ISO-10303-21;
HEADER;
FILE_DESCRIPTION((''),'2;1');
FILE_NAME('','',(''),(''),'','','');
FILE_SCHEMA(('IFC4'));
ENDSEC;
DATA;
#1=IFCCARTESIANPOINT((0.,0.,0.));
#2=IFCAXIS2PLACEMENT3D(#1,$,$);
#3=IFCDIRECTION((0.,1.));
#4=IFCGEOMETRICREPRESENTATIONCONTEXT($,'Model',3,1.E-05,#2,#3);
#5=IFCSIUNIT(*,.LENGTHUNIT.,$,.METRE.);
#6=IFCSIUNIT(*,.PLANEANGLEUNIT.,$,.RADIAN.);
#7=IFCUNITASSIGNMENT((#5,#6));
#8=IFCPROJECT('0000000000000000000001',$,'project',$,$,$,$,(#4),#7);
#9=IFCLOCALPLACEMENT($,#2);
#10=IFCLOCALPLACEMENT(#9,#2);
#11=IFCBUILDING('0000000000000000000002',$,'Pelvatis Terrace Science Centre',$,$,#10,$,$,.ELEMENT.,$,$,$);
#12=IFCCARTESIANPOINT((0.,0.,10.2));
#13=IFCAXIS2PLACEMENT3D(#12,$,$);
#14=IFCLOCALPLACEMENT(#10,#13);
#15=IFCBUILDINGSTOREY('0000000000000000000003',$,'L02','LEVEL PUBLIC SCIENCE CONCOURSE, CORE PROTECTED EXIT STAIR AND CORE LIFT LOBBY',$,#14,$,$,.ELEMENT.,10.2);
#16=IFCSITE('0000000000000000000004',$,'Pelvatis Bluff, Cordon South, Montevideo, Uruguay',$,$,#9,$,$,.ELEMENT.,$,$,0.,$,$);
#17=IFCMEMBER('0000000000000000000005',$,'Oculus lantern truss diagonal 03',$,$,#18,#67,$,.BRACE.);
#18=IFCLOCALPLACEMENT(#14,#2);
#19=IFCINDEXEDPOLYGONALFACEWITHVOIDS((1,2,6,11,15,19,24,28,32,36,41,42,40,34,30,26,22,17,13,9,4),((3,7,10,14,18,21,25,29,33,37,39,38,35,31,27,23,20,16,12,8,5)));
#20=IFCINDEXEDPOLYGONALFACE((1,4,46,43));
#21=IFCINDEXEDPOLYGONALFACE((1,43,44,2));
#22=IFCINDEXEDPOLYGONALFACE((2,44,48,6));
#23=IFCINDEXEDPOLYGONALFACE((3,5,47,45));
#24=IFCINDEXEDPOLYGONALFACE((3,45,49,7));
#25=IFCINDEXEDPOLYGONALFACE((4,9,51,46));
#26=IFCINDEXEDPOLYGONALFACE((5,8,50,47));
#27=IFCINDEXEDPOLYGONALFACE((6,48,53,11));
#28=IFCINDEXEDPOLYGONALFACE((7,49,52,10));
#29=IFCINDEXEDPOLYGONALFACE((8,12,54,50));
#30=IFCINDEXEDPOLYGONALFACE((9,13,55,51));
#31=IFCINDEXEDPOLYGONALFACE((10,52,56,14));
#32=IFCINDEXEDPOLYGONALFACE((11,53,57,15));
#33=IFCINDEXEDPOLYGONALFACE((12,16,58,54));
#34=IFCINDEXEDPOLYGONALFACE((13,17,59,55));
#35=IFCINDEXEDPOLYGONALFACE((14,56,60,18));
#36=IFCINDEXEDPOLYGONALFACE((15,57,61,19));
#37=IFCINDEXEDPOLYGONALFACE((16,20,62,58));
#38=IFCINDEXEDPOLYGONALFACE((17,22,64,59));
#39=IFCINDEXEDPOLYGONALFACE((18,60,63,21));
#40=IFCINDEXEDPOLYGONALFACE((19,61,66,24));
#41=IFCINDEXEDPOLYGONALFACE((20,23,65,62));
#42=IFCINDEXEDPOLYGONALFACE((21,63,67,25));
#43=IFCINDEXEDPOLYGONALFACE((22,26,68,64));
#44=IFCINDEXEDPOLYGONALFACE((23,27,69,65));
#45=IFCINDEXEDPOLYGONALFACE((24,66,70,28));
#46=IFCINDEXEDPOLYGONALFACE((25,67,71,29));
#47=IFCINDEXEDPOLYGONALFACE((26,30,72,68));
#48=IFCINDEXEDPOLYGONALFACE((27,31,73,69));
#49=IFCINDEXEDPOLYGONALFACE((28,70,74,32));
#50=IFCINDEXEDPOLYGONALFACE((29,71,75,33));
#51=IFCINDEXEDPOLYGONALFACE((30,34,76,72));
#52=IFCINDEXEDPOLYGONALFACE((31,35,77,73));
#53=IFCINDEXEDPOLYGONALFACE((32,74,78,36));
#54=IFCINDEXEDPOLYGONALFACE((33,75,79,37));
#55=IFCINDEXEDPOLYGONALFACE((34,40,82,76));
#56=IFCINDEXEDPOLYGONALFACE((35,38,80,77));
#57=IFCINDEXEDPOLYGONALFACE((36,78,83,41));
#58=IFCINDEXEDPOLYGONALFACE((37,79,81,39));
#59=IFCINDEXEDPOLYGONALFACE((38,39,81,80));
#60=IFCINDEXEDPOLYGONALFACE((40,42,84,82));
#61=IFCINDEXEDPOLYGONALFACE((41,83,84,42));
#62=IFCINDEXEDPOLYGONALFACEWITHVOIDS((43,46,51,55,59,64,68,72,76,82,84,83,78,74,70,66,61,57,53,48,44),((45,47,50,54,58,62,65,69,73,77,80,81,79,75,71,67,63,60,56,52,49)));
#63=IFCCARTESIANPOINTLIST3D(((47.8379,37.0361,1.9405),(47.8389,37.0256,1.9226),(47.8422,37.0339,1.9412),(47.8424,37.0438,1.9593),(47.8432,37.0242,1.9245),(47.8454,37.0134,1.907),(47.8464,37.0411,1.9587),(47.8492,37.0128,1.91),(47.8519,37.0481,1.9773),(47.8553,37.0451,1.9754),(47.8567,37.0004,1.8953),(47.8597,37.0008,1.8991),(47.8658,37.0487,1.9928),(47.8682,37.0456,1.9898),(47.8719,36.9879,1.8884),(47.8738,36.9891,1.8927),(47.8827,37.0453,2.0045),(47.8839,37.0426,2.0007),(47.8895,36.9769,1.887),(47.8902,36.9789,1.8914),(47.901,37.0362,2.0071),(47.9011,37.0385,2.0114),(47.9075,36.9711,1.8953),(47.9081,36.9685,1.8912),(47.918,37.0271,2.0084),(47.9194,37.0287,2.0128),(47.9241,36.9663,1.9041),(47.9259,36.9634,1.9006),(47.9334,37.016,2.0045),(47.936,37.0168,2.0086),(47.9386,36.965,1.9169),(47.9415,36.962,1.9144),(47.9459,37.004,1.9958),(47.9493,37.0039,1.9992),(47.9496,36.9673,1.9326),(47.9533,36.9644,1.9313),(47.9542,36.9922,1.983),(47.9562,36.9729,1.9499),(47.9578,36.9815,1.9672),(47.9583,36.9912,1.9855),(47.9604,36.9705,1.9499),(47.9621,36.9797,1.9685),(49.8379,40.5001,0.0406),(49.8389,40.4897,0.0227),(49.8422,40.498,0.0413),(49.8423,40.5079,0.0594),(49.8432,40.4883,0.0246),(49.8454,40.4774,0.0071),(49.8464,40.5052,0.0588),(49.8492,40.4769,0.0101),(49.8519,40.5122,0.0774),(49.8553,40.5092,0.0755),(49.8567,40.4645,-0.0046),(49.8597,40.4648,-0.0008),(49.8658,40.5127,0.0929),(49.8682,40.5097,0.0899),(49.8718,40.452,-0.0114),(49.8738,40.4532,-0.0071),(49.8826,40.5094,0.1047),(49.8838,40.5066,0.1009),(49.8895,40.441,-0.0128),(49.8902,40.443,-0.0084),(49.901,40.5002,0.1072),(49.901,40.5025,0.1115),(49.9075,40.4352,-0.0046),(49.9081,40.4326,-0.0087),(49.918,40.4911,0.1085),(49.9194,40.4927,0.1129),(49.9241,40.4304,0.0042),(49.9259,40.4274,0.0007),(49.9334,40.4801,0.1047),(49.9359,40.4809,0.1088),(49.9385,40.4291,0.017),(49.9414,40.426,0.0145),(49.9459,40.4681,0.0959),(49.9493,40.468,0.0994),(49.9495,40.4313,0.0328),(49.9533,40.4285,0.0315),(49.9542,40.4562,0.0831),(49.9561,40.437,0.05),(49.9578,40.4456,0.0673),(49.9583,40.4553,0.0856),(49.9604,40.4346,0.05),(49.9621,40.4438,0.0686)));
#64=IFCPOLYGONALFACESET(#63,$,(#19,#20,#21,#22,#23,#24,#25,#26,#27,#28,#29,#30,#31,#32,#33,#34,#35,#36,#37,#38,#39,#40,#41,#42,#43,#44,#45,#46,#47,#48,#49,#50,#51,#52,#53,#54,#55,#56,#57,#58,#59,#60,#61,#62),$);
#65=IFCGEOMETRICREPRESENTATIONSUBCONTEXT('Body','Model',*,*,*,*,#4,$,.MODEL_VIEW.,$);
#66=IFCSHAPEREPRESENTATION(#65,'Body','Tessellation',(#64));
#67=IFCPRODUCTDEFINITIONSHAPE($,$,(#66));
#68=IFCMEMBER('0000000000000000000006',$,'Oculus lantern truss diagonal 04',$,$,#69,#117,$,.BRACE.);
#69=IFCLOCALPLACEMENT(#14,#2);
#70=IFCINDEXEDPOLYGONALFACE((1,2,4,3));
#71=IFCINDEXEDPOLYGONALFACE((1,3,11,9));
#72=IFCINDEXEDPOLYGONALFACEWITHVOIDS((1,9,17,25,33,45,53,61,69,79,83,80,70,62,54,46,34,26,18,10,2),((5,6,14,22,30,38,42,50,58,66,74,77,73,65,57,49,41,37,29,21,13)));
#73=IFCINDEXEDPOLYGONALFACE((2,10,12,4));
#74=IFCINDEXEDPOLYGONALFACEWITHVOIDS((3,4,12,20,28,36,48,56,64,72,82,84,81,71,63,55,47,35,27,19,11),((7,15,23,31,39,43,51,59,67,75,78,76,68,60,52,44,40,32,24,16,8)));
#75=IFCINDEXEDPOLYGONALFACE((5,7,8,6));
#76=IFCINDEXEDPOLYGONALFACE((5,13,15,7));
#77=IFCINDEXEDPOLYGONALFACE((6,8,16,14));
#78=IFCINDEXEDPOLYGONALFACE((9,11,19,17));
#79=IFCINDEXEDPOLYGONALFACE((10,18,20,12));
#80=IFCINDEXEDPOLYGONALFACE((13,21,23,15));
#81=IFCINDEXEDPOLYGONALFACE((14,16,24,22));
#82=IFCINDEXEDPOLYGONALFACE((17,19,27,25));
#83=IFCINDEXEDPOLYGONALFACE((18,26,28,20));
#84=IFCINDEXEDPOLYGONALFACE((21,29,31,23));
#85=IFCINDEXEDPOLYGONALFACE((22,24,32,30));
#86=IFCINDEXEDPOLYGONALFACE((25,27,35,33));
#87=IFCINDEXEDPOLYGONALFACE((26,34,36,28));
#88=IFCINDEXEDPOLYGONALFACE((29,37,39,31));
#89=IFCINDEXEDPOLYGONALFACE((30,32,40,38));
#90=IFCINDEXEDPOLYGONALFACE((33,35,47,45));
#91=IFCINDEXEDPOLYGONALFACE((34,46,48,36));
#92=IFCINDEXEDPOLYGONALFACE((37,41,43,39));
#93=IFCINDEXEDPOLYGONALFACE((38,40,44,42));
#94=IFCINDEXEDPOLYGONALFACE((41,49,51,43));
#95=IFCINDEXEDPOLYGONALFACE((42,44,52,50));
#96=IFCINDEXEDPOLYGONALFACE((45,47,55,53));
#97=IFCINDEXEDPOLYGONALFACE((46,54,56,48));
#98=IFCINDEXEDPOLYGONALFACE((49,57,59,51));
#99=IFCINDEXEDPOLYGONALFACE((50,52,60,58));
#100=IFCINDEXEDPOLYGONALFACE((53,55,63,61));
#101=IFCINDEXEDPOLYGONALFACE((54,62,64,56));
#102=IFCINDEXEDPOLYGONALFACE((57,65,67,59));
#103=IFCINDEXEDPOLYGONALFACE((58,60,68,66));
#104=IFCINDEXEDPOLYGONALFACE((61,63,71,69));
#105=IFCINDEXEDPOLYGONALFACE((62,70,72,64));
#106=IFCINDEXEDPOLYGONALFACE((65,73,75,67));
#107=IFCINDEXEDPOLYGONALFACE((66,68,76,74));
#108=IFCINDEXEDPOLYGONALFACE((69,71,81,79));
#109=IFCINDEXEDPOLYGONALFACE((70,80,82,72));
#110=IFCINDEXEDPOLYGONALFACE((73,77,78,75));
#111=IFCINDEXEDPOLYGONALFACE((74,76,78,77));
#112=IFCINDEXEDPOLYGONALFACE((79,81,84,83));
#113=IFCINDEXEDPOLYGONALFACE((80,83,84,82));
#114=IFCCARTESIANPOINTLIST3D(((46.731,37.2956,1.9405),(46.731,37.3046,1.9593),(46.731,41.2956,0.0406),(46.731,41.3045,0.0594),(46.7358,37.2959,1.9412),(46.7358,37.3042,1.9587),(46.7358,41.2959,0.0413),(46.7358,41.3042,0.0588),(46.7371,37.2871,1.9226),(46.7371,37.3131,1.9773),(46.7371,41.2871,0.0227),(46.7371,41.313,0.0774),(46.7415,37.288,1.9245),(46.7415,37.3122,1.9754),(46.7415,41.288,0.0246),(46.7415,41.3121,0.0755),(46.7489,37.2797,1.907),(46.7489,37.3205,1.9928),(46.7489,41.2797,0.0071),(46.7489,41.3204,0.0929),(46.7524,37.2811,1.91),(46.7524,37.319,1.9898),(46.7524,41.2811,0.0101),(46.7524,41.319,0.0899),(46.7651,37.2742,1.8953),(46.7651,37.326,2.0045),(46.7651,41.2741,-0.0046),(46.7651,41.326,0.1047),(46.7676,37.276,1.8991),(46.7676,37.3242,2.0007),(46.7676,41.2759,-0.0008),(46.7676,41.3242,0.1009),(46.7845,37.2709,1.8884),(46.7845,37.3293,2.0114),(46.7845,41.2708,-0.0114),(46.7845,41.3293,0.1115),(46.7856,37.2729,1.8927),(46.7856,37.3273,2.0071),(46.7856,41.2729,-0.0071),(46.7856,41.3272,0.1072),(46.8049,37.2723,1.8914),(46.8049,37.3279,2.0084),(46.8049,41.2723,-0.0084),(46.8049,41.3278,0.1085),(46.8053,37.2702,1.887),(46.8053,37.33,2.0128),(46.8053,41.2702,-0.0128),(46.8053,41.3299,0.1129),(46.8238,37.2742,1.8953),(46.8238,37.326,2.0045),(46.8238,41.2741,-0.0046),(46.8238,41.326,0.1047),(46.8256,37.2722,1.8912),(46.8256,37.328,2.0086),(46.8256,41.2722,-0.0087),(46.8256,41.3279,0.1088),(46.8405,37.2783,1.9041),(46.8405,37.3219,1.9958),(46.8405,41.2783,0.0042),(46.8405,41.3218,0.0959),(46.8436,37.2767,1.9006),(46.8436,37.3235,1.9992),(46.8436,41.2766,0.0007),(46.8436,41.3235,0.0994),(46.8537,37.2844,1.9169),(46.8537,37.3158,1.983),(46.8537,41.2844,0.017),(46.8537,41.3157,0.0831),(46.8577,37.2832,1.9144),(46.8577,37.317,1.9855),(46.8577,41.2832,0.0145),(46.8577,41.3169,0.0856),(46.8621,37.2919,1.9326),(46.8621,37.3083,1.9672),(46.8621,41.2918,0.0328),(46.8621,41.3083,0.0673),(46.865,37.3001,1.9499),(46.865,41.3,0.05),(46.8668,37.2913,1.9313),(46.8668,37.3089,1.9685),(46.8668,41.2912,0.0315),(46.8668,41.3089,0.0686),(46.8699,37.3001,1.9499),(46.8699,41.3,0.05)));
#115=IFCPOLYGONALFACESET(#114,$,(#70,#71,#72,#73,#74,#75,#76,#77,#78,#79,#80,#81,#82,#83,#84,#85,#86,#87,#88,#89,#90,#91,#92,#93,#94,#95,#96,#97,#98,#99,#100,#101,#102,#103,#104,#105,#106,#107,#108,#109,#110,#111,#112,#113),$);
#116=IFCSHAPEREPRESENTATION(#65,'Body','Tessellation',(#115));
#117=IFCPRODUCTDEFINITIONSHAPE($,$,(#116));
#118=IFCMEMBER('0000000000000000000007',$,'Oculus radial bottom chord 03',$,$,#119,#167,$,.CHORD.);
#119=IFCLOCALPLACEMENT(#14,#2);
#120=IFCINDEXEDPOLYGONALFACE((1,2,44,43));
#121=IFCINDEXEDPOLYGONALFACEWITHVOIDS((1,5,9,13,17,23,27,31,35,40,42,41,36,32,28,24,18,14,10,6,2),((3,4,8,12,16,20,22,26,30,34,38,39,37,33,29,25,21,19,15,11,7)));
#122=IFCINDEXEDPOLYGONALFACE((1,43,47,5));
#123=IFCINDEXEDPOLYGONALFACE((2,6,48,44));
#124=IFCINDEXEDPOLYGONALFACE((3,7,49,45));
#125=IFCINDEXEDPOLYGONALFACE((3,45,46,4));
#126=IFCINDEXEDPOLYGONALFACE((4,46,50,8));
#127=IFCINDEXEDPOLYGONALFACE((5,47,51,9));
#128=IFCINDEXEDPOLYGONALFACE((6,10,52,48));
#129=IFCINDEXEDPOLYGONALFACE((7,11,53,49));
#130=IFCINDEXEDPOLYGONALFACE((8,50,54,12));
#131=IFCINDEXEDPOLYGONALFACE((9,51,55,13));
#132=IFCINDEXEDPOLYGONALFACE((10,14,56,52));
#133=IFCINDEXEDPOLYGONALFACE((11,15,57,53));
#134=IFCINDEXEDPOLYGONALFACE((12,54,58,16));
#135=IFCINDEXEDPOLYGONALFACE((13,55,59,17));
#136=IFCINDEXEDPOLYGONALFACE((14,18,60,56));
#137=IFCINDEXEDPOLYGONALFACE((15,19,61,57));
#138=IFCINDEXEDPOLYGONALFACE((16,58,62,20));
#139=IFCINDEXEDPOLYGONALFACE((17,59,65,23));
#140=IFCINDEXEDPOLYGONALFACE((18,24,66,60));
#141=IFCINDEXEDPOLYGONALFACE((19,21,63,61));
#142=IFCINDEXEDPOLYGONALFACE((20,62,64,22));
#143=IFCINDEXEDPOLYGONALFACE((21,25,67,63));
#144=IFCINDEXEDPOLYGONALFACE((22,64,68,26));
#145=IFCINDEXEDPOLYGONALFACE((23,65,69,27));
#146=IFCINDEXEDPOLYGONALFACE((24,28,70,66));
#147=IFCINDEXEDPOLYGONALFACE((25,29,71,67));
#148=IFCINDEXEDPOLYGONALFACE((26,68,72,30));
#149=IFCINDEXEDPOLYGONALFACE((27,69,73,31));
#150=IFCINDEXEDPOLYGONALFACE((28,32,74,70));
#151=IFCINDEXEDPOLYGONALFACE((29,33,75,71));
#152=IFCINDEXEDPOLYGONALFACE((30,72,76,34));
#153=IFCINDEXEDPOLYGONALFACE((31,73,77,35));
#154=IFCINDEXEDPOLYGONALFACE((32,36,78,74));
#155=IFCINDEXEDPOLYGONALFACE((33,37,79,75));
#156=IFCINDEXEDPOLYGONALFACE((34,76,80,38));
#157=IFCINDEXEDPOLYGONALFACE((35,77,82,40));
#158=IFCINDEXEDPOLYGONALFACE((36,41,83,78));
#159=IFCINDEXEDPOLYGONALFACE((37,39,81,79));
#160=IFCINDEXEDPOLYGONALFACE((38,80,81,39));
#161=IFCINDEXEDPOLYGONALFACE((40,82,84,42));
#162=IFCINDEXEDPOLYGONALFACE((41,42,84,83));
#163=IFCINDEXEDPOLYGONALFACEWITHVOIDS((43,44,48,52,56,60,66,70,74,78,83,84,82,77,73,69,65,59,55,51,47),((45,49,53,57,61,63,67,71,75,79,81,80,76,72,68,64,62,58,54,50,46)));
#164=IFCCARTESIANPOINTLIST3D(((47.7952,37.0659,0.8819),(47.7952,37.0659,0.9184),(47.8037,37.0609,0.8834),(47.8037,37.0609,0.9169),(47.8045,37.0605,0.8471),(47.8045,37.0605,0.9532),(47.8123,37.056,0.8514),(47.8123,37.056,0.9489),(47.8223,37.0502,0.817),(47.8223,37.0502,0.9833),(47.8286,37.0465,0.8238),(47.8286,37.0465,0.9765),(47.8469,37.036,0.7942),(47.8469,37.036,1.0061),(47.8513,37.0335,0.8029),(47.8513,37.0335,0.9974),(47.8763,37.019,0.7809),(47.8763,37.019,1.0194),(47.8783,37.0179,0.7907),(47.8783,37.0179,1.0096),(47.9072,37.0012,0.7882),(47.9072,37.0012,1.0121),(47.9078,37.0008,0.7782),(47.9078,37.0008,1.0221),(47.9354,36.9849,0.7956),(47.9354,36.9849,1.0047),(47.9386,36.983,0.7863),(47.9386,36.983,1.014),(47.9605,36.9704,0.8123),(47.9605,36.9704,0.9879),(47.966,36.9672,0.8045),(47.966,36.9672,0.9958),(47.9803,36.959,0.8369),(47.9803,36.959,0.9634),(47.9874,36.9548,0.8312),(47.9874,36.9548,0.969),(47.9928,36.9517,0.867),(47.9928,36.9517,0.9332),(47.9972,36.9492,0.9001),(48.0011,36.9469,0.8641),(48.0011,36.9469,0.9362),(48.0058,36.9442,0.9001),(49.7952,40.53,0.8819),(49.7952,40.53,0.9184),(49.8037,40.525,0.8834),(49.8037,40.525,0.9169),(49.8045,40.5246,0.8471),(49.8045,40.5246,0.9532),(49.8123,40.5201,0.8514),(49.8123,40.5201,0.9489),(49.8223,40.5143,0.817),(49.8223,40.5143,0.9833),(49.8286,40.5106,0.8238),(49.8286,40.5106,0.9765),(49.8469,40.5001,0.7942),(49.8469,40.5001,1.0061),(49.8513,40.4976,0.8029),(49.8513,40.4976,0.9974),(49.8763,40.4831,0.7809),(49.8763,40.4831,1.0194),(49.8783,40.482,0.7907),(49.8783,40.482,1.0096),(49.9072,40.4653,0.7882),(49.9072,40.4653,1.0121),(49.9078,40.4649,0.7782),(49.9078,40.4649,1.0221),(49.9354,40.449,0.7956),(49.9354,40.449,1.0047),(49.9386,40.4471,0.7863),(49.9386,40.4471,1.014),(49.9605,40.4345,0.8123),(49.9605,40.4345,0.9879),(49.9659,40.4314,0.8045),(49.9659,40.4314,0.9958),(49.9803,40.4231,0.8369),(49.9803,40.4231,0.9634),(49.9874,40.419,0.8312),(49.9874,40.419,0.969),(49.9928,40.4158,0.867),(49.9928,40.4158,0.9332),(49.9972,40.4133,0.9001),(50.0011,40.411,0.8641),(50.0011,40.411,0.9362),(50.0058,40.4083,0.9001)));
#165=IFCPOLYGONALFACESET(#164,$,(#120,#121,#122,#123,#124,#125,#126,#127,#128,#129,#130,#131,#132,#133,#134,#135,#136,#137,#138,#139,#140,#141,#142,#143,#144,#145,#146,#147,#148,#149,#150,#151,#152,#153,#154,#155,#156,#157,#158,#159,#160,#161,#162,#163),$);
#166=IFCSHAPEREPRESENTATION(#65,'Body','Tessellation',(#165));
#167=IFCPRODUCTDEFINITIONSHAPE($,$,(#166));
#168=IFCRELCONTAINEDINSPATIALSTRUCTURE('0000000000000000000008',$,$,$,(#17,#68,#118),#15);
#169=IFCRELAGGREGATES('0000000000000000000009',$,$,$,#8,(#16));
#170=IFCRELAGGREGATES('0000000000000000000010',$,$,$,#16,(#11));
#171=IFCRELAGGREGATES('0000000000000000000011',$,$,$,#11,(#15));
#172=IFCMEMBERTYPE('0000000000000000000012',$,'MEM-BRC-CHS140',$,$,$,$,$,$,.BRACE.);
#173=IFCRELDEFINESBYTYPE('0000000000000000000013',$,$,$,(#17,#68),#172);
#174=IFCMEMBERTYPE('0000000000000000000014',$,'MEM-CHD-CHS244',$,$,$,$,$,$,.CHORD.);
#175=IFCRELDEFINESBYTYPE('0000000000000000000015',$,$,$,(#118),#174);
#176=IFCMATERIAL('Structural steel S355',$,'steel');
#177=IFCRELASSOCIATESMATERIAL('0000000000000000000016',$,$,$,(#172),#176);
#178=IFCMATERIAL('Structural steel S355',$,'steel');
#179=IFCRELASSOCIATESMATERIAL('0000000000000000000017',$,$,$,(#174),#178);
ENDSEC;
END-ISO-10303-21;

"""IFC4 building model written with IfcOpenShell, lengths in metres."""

from ifc_helpers import new_model, si_unit, direction, frame, origin, origin_2d, place, context, subcontext, project, spatial, hollow_circle, extrude, material, material_profile, profile_set, type_object, element, save


model = new_model("IFC4")

# Units and contexts
model_context = context("Model", 3, precision=1e-05, world=origin(), true_north=direction((0.0, 1.0)))
body_context = subcontext(model_context, "Body", "Model", "MODEL_VIEW")
ifc_project = project(units=[si_unit("LENGTHUNIT", "METRE"), si_unit("PLANEANGLEUNIT", "RADIAN")], contexts=[model_context])

# Site, building, storey
site_placement = place(None, origin())
site = spatial("IfcSite", under=ifc_project, at=site_placement, Name="Pelvatis Bluff, Cordon South, Montevideo, Uruguay", CompositionType="ELEMENT", RefElevation=0.0)
building_placement = place(site_placement, origin())
building = spatial("IfcBuilding", under=site, at=building_placement, Name="Pelvatis Terrace Science Centre", CompositionType="ELEMENT")
storey_placement = place(building_placement, frame((0.0, 0.0, 10.2)))
storey = spatial("IfcBuildingStorey", under=building, at=storey_placement, Name="L02", Description="LEVEL PUBLIC SCIENCE CONCOURSE, CORE PROTECTED EXIT STAIR AND CORE LIFT LOBBY", CompositionType="ELEMENT", Elevation=10.2)

# Members
ifc_material_1 = material(Name="Structural steel S355", Category="steel")
ifc_material_profile_1 = material_profile(ifc_material_1, hollow_circle(Radius=0.0698, WallThickness=0.0049, at=origin_2d()), Name="CHS 139.7x5.0")
ifc_profile_set_1 = profile_set([ifc_material_profile_1], Name="Structural steel S355")
member_type_1 = type_object("IfcMemberType", Name="MEM-BRC-CHS140", PredefinedType="BRACE", material=ifc_profile_set_1)
for number, where, z_axis, x_axis, name in (
    (1, (49.8999, 40.4695, 0.05), (-0.451642, -0.78227, 0.429038), (0.866026, -0.499999, 0.0), "Oculus lantern truss diagonal 03"),
    (2, (46.8, 41.3, 0.05), (0.0, -0.903286, 0.429039), (1.0, 0.0, 0.0), "Oculus lantern truss diagonal 04"),
):
    element("IfcMember", number, at=place(storey_placement, frame(where, z_axis=z_axis, x_axis=x_axis)), inside=storey, type_object=member_type_1, Name=name, PredefinedType="BRACE", context=body_context, shape_type="SweptSolid", body=[
        extrude(hollow_circle(Radius=0.0698, WallThickness=0.0049, at=origin_2d()), origin(), (0.0, 0.0, 1.0), 4.4282),
    ])
ifc_material_2 = material(Name="Structural steel S355", Category="steel")
ifc_material_profile_2 = material_profile(ifc_material_2, hollow_circle(Radius=0.1223, WallThickness=0.01, at=origin_2d()), Name="CHS 244.5x10.0")
ifc_profile_set_2 = profile_set([ifc_material_profile_2], Name="Structural steel S355")
member_type_2 = type_object("IfcMemberType", Name="MEM-CHD-CHS244", PredefinedType="CHORD", material=ifc_profile_set_2)
for number, where, z_axis, x_axis, name in (
    (3, (49.8999, 40.4695, 0.9001), (-0.499999, -0.866026, 0.0), (0.866026, -0.499999, 0.0), "Oculus radial bottom chord 03"),
):
    element("IfcMember", number, at=place(storey_placement, frame(where, z_axis=z_axis, x_axis=x_axis)), inside=storey, type_object=member_type_2, Name=name, PredefinedType="CHORD", context=body_context, shape_type="SweptSolid", body=[
        extrude(hollow_circle(Radius=0.1223, WallThickness=0.01, at=origin_2d()), origin(), (0.0, 0.0, 1.0), 4.0),
    ])

save(model, "model.ifc")
